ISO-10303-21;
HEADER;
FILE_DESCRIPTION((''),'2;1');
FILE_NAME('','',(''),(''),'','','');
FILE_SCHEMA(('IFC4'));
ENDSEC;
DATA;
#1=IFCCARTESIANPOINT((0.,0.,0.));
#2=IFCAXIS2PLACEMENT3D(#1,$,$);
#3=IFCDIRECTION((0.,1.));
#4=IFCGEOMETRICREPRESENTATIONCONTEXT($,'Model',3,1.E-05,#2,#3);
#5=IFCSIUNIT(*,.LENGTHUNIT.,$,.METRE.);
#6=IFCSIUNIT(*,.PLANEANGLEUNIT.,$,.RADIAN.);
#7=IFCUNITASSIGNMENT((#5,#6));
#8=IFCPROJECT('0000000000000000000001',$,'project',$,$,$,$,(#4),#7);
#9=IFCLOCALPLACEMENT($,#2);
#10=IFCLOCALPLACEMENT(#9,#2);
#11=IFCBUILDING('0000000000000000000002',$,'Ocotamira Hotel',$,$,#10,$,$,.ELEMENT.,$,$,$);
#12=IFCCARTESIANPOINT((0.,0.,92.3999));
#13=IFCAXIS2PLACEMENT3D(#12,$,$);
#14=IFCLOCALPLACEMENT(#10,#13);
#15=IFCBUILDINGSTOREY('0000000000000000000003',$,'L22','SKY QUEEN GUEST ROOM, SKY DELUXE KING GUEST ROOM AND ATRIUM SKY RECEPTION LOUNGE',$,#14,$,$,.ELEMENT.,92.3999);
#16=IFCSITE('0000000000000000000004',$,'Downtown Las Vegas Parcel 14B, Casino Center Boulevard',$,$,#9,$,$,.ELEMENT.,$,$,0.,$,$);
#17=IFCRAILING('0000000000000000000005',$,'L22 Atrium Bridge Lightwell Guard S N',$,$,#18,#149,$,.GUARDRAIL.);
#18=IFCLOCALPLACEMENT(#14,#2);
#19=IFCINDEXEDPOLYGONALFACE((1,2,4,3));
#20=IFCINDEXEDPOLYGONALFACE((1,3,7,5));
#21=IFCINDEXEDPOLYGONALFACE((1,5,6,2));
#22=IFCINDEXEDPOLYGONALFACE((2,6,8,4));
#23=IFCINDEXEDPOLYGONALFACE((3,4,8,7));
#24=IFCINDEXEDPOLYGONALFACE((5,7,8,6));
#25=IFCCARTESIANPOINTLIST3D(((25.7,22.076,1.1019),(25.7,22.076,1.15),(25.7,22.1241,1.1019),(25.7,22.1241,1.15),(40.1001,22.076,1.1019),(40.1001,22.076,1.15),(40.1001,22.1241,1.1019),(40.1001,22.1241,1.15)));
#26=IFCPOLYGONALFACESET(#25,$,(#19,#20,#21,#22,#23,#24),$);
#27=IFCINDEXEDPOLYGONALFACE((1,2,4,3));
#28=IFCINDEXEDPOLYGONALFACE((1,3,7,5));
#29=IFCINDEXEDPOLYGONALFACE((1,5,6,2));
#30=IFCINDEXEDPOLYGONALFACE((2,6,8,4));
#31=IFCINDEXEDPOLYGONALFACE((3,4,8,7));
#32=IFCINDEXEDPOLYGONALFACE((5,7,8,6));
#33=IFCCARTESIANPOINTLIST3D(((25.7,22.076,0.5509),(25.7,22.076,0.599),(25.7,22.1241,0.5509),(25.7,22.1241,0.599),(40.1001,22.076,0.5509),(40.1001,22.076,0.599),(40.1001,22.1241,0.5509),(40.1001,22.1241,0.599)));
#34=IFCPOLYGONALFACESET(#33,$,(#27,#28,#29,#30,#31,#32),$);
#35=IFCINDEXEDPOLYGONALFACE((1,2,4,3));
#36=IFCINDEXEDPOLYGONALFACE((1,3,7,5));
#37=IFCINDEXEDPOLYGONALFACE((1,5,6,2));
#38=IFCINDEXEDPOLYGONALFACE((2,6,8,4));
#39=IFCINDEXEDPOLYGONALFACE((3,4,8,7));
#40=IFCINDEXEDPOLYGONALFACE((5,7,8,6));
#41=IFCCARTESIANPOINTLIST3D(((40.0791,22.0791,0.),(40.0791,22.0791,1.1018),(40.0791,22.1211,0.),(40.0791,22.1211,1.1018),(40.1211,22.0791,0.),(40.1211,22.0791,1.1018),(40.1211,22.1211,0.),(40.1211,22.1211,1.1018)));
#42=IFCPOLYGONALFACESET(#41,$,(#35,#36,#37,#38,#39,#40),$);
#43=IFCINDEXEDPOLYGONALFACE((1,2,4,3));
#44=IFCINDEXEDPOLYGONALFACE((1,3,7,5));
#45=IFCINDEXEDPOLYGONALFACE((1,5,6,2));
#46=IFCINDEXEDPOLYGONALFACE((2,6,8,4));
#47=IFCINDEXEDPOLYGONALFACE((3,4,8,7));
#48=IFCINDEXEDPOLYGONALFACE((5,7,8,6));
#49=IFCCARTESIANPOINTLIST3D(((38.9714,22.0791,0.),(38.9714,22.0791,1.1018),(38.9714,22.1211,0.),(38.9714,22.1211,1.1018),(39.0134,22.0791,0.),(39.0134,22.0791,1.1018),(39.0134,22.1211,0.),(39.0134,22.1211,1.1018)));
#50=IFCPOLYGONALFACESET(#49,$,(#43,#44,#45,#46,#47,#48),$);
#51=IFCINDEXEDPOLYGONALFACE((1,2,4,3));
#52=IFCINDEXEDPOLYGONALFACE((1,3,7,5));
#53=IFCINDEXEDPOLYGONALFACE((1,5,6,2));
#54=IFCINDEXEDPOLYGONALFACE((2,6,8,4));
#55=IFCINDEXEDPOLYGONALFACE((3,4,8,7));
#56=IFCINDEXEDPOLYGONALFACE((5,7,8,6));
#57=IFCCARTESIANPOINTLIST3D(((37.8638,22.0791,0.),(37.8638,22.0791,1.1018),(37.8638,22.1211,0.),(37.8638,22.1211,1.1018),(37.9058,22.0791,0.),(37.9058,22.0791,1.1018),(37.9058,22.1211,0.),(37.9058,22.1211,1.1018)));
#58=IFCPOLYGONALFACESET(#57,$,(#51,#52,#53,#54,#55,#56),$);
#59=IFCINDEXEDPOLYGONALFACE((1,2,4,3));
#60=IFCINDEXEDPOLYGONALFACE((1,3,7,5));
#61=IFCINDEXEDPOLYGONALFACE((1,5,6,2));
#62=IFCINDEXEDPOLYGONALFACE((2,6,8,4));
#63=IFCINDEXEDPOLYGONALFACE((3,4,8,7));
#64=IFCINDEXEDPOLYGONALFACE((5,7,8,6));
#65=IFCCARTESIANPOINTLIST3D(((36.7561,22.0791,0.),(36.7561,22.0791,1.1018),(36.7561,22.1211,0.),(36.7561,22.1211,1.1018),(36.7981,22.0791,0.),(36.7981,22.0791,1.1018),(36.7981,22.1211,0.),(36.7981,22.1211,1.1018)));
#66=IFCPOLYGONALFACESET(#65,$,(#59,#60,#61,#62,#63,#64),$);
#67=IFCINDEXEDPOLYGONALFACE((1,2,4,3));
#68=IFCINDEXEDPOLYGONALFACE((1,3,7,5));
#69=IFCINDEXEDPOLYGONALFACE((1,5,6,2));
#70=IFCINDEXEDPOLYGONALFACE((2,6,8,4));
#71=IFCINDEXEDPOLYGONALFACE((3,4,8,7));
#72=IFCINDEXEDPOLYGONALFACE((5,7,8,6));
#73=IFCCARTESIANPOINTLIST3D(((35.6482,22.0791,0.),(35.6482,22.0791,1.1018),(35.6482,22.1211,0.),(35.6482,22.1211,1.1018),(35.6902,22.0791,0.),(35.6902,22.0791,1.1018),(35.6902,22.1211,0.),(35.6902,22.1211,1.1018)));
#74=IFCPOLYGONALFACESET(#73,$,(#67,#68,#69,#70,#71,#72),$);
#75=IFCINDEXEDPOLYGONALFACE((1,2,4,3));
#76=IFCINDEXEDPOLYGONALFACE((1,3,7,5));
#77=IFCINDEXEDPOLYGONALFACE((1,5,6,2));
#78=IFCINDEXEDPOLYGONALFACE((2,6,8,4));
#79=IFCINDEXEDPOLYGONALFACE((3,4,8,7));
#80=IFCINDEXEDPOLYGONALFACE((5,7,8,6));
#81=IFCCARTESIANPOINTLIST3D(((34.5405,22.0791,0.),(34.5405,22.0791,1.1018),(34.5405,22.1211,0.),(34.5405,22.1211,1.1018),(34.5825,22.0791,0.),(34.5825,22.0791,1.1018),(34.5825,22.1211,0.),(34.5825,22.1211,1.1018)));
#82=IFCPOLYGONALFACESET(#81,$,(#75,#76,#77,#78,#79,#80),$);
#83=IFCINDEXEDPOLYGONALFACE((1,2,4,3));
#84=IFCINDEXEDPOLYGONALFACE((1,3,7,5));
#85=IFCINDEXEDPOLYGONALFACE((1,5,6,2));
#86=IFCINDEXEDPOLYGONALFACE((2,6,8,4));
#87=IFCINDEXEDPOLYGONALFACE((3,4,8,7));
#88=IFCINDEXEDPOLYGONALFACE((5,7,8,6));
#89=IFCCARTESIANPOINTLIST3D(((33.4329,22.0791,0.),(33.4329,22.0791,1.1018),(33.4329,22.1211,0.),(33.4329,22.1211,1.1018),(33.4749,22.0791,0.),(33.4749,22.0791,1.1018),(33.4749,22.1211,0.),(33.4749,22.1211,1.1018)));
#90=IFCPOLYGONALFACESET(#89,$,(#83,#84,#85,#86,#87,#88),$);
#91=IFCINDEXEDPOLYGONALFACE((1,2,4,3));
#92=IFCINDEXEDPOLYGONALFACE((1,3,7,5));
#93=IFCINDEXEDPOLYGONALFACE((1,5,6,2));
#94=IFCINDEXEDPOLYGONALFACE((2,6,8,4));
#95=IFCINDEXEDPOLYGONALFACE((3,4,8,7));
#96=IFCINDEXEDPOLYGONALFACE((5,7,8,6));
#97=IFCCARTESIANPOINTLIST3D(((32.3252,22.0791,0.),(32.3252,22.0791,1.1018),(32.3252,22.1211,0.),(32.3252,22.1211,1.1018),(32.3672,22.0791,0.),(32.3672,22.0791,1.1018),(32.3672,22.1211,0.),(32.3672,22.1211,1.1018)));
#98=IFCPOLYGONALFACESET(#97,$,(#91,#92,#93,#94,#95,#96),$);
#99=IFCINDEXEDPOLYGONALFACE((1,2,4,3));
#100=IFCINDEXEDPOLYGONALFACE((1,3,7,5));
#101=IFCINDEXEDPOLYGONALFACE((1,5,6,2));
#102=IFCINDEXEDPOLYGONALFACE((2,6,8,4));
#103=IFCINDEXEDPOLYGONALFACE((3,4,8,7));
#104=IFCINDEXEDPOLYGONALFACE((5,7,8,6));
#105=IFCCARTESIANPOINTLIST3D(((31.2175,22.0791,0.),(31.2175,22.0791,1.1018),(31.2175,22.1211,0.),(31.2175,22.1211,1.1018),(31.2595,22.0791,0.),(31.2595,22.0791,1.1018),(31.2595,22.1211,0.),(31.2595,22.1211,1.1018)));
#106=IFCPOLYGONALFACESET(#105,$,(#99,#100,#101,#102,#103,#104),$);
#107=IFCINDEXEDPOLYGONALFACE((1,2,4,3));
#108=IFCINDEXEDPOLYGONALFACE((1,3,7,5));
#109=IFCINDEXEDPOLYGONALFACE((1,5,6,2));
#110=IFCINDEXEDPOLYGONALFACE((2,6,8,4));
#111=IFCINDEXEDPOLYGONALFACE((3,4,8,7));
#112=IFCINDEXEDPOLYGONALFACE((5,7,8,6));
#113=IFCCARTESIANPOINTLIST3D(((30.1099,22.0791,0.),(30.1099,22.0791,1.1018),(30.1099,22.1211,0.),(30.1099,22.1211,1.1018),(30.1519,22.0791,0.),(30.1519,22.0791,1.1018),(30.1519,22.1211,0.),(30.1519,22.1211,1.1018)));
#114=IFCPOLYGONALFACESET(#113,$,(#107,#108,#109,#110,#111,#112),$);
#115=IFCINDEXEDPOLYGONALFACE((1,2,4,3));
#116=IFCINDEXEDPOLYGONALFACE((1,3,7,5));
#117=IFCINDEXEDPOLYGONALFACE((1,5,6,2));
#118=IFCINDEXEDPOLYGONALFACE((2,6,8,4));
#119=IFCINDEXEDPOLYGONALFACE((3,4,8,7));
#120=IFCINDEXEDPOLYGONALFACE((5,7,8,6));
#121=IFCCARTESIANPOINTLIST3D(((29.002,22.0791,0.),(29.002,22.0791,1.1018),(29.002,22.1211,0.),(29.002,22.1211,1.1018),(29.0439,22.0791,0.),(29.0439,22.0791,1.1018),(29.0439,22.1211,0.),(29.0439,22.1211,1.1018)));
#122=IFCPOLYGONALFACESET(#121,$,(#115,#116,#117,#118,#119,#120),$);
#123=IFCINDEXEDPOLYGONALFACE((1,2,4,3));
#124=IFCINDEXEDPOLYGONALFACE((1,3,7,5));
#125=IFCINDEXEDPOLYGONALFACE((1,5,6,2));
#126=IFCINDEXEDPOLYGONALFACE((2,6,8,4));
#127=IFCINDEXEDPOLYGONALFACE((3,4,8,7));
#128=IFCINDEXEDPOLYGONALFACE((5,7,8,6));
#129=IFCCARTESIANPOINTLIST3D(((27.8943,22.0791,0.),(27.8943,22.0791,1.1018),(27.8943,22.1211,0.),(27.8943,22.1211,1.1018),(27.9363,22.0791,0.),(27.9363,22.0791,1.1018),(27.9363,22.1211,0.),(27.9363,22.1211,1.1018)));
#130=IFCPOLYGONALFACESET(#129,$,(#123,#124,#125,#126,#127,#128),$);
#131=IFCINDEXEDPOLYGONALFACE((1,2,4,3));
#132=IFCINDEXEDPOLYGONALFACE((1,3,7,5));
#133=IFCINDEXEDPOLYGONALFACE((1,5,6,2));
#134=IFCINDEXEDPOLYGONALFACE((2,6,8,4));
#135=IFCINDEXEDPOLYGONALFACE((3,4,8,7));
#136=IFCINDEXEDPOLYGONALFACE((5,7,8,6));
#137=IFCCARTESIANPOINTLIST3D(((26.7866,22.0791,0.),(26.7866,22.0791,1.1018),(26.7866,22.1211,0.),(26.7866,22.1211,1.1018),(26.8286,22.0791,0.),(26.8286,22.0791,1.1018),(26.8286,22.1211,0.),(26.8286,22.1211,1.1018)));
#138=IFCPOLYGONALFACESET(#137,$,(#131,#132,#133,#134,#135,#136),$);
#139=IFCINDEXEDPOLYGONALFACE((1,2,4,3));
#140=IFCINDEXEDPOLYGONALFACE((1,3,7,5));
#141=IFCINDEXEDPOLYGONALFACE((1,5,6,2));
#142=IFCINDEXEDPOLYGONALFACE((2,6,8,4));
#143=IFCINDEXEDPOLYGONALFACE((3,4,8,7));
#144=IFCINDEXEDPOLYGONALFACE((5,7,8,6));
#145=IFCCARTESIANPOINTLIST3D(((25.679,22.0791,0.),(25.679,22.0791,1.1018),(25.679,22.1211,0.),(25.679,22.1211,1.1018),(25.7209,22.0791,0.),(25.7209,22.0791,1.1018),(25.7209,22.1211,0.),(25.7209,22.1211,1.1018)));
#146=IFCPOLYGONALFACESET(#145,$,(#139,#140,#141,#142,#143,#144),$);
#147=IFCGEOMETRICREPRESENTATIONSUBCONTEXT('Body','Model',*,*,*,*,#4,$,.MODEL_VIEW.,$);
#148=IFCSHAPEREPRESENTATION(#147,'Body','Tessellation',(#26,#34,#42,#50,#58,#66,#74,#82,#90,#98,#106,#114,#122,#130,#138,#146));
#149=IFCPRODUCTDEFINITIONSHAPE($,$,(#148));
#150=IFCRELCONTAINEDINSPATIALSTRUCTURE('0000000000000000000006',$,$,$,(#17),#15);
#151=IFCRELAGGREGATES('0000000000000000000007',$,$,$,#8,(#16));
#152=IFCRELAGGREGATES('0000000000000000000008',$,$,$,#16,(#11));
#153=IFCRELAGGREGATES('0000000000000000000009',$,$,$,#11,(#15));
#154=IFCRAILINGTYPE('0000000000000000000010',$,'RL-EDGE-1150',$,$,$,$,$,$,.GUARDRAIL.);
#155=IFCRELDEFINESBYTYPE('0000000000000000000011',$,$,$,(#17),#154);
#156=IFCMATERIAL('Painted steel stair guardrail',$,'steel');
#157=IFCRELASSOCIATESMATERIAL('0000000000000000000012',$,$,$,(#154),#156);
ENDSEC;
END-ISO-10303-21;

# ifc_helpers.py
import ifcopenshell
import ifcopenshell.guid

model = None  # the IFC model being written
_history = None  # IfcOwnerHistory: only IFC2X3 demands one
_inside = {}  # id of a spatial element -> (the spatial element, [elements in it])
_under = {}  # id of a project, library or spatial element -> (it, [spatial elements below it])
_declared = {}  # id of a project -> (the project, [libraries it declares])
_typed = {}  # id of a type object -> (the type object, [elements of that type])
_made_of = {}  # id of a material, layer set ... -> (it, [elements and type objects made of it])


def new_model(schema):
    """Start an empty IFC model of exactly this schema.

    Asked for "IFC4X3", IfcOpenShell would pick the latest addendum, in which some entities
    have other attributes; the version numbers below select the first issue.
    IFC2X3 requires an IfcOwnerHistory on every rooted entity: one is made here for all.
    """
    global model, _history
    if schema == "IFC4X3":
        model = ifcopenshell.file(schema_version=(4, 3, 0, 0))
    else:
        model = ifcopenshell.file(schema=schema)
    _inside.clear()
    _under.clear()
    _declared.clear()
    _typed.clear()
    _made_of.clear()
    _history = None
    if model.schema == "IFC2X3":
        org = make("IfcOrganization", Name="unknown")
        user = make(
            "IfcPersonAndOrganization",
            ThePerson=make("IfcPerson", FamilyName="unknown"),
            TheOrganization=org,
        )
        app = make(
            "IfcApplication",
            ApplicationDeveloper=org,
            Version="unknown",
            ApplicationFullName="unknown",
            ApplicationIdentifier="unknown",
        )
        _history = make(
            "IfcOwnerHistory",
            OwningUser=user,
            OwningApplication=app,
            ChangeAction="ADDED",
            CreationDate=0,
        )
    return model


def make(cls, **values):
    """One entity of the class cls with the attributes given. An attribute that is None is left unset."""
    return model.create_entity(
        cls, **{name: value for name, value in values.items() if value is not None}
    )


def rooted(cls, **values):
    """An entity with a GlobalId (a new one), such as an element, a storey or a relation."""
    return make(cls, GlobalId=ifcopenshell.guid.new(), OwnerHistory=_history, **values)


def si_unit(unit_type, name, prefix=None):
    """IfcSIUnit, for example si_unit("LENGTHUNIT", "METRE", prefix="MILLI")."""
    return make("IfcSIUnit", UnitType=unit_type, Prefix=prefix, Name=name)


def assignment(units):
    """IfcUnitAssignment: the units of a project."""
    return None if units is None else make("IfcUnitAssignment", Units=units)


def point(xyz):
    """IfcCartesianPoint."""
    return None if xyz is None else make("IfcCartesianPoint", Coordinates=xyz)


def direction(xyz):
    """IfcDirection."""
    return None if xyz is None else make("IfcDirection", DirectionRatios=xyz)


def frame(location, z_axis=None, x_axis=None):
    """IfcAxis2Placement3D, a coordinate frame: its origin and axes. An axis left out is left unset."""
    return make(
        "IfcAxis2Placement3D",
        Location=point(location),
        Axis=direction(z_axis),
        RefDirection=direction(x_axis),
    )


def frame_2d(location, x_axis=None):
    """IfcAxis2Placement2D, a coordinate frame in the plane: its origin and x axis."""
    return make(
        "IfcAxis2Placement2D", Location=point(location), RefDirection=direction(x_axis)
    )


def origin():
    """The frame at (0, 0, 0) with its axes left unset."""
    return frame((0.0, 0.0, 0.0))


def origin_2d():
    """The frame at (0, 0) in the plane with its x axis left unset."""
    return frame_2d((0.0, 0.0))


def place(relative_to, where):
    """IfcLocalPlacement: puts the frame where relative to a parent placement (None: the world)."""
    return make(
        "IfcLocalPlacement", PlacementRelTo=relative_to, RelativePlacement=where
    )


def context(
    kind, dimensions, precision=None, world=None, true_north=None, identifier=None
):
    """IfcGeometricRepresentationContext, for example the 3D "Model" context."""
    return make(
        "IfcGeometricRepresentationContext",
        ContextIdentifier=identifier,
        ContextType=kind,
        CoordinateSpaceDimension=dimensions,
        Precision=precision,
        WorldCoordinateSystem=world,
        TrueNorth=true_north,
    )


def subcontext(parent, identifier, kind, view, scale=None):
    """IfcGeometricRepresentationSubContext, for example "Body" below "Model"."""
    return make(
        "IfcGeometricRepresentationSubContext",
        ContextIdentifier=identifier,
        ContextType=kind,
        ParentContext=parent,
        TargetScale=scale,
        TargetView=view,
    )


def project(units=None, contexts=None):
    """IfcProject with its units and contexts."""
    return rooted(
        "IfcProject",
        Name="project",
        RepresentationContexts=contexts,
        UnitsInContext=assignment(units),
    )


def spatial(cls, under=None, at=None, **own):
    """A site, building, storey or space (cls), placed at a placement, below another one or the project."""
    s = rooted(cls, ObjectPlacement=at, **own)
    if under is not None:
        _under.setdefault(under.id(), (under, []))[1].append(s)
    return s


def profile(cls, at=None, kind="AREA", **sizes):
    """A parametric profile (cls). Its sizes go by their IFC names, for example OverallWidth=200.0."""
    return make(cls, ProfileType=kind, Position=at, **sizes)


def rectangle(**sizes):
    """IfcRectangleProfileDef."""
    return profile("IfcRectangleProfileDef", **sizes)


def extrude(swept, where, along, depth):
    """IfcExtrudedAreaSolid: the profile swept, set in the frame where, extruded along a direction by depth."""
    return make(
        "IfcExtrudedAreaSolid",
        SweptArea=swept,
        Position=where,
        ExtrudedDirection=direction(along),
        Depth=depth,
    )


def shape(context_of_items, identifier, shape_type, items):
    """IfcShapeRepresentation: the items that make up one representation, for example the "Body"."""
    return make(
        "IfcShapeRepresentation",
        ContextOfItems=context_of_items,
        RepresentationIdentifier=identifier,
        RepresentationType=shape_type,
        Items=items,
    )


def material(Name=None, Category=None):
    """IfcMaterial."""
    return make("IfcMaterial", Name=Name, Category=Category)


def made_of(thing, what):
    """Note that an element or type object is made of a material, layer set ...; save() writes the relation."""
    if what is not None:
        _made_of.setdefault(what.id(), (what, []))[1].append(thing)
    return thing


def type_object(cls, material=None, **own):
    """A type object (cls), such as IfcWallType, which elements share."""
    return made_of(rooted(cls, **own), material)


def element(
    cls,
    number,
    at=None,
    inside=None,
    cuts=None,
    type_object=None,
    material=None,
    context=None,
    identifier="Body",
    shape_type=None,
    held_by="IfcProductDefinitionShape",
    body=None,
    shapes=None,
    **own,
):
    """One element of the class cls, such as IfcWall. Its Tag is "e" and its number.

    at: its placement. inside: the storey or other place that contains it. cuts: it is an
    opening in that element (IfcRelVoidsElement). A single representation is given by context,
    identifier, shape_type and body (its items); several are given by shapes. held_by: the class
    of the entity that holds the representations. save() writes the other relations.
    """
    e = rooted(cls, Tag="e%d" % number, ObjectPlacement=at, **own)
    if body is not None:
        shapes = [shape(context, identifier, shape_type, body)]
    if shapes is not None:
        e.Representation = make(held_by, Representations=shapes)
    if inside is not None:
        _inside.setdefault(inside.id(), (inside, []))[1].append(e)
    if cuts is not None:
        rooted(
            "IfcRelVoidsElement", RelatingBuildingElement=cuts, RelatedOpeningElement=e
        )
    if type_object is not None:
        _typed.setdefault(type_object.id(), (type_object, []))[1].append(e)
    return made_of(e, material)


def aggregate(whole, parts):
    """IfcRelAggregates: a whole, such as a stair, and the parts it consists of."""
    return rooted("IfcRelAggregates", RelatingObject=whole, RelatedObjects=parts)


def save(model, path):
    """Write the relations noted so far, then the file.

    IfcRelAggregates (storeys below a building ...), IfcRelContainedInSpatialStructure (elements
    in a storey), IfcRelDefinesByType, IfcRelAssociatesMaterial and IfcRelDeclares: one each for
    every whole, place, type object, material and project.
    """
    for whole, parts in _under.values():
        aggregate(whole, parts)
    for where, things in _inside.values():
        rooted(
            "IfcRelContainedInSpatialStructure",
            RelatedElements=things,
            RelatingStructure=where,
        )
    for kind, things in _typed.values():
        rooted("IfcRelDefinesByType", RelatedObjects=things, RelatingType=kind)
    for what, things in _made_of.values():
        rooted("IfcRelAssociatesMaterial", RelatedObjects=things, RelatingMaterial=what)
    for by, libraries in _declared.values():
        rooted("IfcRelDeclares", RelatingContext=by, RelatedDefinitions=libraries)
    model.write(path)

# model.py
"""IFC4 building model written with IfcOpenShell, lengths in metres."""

from ifc_helpers import new_model, si_unit, direction, frame, origin, origin_2d, place, context, subcontext, project, spatial, rectangle, extrude, material, type_object, element, save


model = new_model("IFC4")

# Units and contexts
model_context = context("Model", 3, precision=1e-05, world=origin(), true_north=direction((0.0, 1.0)))
body_context = subcontext(model_context, "Body", "Model", "MODEL_VIEW")
ifc_project = project(units=[si_unit("LENGTHUNIT", "METRE"), si_unit("PLANEANGLEUNIT", "RADIAN")], contexts=[model_context])

# Site, building, storey
site_placement = place(None, origin())
site = spatial("IfcSite", under=ifc_project, at=site_placement, Name="Downtown Las Vegas Parcel 14B, Casino Center Boulevard", CompositionType="ELEMENT", RefElevation=0.0)
building_placement = place(site_placement, origin())
building = spatial("IfcBuilding", under=site, at=building_placement, Name="Ocotamira Hotel", CompositionType="ELEMENT")
storey_placement = place(building_placement, frame((0.0, 0.0, 92.3999)))
storey = spatial("IfcBuildingStorey", under=building, at=storey_placement, Name="L22", Description="SKY QUEEN GUEST ROOM, SKY DELUXE KING GUEST ROOM AND ATRIUM SKY RECEPTION LOUNGE", CompositionType="ELEMENT", Elevation=92.3999)

# Railing
ifc_material_1 = material(Name="Painted steel stair guardrail", Category="steel")
railing_type = type_object("IfcRailingType", Name="RL-EDGE-1150", PredefinedType="GUARDRAIL", material=ifc_material_1)
railing_1_placement = place(storey_placement, frame((40.1001, 22.1001, 0.0)))
element("IfcRailing", 1, at=railing_1_placement, inside=storey, type_object=railing_type, Name="L22 Atrium Bridge Lightwell Guard S N", PredefinedType="GUARDRAIL", context=body_context, shape_type="SweptSolid", body=[
    extrude(rectangle(XDim=0.0481, YDim=0.0481, at=origin_2d()), frame((0.0, 0.0, 1.126), z_axis=(-1.0, 0.0, 0.0), x_axis=(0.0, -1.0, 0.0)), (0.0, 0.0, 1.0), 14.4001),
    extrude(rectangle(XDim=0.0481, YDim=0.0481, at=origin_2d()), frame((0.0, 0.0, 0.575), z_axis=(-1.0, 0.0, 0.0), x_axis=(0.0, -1.0, 0.0)), (0.0, 0.0, 1.0), 14.4001),
    extrude(rectangle(XDim=0.042, YDim=0.042, at=origin_2d()), origin(), (0.0, 0.0, 1.0), 1.1018),
    extrude(rectangle(XDim=0.042, YDim=0.042, at=origin_2d()), frame((-1.1077, 0.0, 0.0)), (0.0, 0.0, 1.0), 1.1018),
    extrude(rectangle(XDim=0.042, YDim=0.042, at=origin_2d()), frame((-2.2153, 0.0, 0.0)), (0.0, 0.0, 1.0), 1.1018),
    extrude(rectangle(XDim=0.042, YDim=0.042, at=origin_2d()), frame((-3.323, 0.0, 0.0)), (0.0, 0.0, 1.0), 1.1018),
    extrude(rectangle(XDim=0.042, YDim=0.042, at=origin_2d()), frame((-4.4309, 0.0, 0.0)), (0.0, 0.0, 1.0), 1.1018),
    extrude(rectangle(XDim=0.042, YDim=0.042, at=origin_2d()), frame((-5.5386, 0.0, 0.0)), (0.0, 0.0, 1.0), 1.1018),
    extrude(rectangle(XDim=0.042, YDim=0.042, at=origin_2d()), frame((-6.6462, 0.0, 0.0)), (0.0, 0.0, 1.0), 1.1018),
    extrude(rectangle(XDim=0.042, YDim=0.042, at=origin_2d()), frame((-7.7539, 0.0, 0.0)), (0.0, 0.0, 1.0), 1.1018),
    extrude(rectangle(XDim=0.042, YDim=0.042, at=origin_2d()), frame((-8.8616, 0.0, 0.0)), (0.0, 0.0, 1.0), 1.1018),
    extrude(rectangle(XDim=0.042, YDim=0.042, at=origin_2d()), frame((-9.9692, 0.0, 0.0)), (0.0, 0.0, 1.0), 1.1018),
    extrude(rectangle(XDim=0.042, YDim=0.042, at=origin_2d()), frame((-11.0771, 0.0, 0.0)), (0.0, 0.0, 1.0), 1.1018),
    extrude(rectangle(XDim=0.042, YDim=0.042, at=origin_2d()), frame((-12.1848, 0.0, 0.0)), (0.0, 0.0, 1.0), 1.1018),
    extrude(rectangle(XDim=0.042, YDim=0.042, at=origin_2d()), frame((-13.2925, 0.0, 0.0)), (0.0, 0.0, 1.0), 1.1018),
    extrude(rectangle(XDim=0.042, YDim=0.042, at=origin_2d()), frame((-14.4001, 0.0, 0.0)), (0.0, 0.0, 1.0), 1.1018),
])

save(model, "model.ifc")
